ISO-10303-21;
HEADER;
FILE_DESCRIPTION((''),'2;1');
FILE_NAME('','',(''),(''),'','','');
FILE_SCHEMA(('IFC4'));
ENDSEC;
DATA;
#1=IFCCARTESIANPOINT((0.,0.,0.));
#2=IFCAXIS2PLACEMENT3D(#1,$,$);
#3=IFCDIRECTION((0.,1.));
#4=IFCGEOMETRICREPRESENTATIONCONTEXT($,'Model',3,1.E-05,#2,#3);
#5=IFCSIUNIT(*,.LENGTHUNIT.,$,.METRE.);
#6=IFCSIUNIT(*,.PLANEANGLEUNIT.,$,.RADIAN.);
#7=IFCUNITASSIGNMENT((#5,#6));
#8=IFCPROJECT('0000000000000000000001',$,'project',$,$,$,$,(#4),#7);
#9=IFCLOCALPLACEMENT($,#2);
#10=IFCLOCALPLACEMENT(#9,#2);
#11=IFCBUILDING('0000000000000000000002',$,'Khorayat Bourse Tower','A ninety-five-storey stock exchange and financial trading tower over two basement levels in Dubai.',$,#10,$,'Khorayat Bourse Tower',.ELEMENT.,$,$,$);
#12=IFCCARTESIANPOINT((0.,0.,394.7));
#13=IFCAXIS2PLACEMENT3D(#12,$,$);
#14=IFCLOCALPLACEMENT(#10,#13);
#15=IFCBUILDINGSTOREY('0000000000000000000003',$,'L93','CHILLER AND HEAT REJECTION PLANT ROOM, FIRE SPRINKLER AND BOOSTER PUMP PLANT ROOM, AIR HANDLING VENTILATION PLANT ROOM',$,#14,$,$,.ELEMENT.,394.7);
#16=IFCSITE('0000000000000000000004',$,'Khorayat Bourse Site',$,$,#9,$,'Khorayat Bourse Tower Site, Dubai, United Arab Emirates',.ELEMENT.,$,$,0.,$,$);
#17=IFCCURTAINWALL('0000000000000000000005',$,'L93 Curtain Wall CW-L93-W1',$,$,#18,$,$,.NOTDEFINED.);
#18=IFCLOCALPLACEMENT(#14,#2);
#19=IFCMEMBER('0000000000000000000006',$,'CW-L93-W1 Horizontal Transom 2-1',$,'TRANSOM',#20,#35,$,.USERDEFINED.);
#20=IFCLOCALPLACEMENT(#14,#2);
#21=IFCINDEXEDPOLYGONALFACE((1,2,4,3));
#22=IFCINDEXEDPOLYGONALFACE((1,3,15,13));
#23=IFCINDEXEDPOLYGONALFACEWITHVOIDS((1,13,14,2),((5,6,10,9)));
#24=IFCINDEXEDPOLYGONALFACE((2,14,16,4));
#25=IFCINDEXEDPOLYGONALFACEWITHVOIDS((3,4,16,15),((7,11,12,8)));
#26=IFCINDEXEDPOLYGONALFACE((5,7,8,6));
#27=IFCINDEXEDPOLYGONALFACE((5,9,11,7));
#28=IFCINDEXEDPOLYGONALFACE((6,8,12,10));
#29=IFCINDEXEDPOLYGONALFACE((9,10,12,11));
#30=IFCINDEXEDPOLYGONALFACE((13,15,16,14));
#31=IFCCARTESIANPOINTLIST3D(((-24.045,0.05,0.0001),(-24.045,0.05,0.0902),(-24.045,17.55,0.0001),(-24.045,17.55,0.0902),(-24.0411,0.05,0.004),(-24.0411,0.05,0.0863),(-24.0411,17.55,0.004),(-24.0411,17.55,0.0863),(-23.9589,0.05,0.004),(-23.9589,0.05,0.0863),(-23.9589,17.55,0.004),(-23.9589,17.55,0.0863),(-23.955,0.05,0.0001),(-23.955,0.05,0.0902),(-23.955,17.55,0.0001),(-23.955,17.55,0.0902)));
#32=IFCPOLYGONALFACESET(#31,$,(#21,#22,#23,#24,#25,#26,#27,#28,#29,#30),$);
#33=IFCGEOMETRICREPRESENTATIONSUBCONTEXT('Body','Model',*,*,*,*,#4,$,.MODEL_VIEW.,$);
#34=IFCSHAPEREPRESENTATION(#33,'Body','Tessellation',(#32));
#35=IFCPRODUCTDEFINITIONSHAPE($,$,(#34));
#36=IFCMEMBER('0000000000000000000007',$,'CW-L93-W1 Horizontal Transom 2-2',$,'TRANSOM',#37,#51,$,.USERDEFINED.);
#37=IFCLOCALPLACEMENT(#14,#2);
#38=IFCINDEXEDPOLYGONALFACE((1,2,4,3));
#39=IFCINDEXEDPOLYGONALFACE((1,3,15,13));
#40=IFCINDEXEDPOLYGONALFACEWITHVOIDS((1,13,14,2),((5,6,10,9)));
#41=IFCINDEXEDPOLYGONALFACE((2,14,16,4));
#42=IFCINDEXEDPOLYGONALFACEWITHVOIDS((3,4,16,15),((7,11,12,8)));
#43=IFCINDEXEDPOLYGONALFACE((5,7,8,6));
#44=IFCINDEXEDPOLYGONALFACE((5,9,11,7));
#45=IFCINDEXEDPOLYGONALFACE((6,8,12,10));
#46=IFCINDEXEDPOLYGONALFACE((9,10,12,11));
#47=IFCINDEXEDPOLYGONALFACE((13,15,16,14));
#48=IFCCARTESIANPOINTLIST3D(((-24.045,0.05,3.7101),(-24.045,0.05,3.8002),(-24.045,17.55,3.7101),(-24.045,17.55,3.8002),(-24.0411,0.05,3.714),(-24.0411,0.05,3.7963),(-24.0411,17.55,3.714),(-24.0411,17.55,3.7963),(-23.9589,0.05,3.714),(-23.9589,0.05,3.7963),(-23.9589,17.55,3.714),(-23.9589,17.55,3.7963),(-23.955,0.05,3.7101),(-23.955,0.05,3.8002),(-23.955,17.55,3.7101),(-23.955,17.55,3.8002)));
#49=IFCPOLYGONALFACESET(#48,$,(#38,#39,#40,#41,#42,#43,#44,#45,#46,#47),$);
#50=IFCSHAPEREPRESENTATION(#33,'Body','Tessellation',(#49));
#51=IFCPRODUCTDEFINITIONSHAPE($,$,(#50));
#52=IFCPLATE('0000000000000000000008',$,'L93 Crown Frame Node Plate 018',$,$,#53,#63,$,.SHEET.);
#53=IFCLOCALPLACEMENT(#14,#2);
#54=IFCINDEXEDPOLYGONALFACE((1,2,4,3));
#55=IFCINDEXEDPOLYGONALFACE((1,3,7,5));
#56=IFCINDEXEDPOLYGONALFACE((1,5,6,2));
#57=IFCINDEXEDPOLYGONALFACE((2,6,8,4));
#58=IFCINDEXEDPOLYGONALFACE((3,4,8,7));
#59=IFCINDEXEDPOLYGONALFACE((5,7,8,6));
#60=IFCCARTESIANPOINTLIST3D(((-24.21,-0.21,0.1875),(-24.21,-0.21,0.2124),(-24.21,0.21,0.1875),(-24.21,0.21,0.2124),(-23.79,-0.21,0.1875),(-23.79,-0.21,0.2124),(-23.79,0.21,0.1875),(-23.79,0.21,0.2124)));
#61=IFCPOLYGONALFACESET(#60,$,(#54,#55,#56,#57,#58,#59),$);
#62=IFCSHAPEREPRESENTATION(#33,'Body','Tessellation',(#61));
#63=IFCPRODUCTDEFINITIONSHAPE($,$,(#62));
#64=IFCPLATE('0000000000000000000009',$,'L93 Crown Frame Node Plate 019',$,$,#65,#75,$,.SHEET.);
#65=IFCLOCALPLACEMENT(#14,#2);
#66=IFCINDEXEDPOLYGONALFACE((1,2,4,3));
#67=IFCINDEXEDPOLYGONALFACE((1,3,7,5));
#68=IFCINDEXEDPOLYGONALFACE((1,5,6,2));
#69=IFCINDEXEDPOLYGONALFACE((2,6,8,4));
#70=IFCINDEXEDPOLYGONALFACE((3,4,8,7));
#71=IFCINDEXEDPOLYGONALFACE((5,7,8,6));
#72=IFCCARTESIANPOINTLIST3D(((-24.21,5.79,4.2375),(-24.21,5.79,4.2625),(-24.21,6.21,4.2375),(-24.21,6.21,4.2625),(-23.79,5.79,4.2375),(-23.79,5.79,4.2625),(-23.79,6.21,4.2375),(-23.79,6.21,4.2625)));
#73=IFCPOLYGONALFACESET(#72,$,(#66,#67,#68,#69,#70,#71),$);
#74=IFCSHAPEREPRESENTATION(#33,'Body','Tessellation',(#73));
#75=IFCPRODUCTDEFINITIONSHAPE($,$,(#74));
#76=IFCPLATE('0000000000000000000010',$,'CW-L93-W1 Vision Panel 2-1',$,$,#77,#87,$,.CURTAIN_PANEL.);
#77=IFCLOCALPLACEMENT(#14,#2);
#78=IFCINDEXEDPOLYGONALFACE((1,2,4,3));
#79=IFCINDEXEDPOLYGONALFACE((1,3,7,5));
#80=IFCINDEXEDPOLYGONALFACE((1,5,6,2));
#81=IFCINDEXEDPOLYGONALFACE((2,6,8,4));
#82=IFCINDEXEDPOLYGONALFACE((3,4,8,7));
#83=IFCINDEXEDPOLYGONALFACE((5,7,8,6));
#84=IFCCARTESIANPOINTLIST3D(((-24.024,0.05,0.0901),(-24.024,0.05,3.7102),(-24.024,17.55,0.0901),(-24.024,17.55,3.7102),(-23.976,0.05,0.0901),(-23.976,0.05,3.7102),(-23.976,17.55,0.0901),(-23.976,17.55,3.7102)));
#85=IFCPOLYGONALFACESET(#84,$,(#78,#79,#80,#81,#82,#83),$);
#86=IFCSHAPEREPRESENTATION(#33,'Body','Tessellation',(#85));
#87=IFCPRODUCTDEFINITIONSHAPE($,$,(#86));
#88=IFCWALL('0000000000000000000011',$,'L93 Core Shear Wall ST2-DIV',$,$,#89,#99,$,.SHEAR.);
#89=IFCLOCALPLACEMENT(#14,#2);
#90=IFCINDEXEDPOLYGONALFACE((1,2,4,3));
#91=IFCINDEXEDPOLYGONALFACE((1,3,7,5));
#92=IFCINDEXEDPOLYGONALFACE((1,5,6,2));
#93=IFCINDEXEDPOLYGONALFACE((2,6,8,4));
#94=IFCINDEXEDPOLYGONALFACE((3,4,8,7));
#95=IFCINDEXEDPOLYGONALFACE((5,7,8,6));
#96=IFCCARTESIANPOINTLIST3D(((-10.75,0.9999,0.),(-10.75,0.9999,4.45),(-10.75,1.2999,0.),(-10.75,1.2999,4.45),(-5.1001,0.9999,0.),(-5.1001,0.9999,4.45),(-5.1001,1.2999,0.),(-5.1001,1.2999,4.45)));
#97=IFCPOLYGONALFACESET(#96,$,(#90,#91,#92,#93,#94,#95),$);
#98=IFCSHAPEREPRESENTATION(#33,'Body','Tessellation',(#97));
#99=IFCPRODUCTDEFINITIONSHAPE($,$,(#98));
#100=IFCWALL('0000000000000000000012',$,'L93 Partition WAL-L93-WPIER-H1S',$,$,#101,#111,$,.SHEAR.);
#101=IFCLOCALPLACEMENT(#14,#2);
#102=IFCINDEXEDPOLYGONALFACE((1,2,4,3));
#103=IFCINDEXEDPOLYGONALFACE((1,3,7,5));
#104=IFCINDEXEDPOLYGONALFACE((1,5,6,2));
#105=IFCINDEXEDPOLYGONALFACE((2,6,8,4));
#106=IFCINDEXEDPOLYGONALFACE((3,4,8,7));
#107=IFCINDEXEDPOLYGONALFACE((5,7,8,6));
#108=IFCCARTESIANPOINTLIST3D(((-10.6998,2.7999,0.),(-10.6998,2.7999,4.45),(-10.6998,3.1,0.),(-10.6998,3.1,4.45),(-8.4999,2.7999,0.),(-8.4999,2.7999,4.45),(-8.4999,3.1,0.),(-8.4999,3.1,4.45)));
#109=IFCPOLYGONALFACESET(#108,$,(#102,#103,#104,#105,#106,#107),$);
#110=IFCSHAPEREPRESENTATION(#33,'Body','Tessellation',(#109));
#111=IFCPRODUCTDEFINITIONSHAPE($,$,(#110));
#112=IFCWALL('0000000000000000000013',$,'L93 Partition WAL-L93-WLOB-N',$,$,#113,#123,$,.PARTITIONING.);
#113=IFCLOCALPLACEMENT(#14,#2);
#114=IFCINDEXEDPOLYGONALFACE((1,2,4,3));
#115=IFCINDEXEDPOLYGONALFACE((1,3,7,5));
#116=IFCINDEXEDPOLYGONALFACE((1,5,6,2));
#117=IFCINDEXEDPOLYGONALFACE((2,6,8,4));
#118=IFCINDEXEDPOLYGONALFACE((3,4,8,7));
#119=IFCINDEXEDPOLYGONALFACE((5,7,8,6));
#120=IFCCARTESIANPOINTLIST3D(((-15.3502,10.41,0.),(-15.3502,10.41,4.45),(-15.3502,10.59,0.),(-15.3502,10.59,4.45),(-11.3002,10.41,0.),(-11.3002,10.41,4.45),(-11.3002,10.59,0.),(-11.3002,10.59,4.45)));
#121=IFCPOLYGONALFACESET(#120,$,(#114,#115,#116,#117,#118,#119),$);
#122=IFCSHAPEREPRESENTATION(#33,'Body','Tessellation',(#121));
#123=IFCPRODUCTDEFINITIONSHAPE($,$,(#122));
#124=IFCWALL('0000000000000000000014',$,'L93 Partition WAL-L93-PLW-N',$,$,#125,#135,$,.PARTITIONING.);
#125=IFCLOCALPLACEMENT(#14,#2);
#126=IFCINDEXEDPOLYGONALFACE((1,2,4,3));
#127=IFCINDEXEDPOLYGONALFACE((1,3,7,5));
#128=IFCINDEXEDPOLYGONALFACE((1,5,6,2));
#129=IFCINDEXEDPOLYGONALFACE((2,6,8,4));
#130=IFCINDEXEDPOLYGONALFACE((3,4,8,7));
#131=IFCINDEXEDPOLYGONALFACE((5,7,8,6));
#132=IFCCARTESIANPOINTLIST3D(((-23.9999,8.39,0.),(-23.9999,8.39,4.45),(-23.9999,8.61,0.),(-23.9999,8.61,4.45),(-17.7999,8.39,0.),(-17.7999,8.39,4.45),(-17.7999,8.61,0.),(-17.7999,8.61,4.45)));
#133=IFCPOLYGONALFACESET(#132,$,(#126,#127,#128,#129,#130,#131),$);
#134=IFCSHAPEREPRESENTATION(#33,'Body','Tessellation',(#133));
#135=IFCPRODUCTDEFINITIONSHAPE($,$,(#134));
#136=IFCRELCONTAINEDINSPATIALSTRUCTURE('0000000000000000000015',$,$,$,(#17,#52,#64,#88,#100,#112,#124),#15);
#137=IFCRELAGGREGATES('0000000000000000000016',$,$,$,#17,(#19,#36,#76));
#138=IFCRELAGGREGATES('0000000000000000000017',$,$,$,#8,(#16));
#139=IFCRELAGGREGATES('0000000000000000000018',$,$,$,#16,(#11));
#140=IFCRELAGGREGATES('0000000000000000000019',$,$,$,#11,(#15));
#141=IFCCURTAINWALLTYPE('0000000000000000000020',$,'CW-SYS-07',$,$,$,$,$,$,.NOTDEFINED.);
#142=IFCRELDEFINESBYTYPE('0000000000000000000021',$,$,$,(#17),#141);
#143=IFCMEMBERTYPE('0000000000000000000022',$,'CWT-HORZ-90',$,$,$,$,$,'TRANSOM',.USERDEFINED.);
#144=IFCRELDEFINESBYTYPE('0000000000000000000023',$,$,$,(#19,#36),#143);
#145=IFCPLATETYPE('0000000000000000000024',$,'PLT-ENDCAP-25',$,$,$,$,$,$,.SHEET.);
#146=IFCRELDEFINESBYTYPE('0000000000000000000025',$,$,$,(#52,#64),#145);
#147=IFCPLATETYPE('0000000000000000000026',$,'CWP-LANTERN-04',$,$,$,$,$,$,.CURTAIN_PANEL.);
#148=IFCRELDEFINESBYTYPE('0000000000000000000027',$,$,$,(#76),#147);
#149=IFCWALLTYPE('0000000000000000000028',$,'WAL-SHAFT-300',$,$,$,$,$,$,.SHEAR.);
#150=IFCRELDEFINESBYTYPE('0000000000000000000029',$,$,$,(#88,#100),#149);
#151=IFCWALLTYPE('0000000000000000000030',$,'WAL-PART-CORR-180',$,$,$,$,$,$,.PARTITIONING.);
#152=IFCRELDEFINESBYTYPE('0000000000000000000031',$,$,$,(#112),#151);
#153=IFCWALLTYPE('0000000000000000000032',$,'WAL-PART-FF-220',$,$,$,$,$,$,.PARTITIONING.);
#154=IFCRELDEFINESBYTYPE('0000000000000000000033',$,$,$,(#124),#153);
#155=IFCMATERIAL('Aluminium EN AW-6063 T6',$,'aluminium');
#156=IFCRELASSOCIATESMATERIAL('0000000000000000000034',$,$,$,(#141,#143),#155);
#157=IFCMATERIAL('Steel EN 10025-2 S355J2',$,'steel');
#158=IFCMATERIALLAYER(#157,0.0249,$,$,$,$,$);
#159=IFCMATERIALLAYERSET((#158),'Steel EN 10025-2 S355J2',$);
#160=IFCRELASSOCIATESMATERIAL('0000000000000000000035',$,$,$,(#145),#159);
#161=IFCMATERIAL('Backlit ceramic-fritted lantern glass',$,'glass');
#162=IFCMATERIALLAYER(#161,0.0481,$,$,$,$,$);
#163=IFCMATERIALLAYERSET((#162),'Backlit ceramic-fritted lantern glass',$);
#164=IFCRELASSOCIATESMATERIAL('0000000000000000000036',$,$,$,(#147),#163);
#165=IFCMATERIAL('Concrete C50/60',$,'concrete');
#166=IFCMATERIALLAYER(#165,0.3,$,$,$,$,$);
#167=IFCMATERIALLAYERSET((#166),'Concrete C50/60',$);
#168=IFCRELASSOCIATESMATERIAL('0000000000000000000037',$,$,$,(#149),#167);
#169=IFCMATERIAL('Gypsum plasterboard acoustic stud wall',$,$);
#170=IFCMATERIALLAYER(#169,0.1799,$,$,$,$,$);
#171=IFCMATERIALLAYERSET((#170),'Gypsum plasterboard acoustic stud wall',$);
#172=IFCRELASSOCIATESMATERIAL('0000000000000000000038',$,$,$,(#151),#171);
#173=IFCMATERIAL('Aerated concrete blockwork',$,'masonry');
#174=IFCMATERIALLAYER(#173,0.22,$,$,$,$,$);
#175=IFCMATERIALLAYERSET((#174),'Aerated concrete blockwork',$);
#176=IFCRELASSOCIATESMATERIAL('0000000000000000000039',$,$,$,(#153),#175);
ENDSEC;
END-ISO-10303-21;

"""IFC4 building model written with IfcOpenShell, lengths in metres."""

from ifc_helpers import new_model, si_unit, direction, frame, frame_2d, origin, origin_2d, place, context, subcontext, project, spatial, rectangle, hollow_rectangle, extrude, source, transform, mapped, material, layer, layer_set, material_profile, profile_set, type_object, element, aggregate, save


model = new_model("IFC4")

# Units and contexts
model_context = context("Model", 3, precision=1e-05, world=origin(), true_north=direction((0.0, 1.0)))
body_context = subcontext(model_context, "Body", "Model", "MODEL_VIEW")
ifc_project = project(units=[si_unit("LENGTHUNIT", "METRE"), si_unit("PLANEANGLEUNIT", "RADIAN")], contexts=[model_context])

# Site, building, storey
site_placement = place(None, origin())
site = spatial("IfcSite", under=ifc_project, at=site_placement, Name="Khorayat Bourse Site", LongName="Khorayat Bourse Tower Site, Dubai, United Arab Emirates", CompositionType="ELEMENT", RefElevation=0.0)
building_placement = place(site_placement, origin())
building = spatial("IfcBuilding", under=site, at=building_placement, Name="Khorayat Bourse Tower", Description="A ninety-five-storey stock exchange and financial trading tower over two basement levels in Dubai.", LongName="Khorayat Bourse Tower", CompositionType="ELEMENT")
storey_placement = place(building_placement, frame((0.0, 0.0, 394.7)))
storey = spatial("IfcBuildingStorey", under=building, at=storey_placement, Name="L93", Description="CHILLER AND HEAT REJECTION PLANT ROOM, FIRE SPRINKLER AND BOOSTER PUMP PLANT ROOM, AIR HANDLING VENTILATION PLANT ROOM", CompositionType="ELEMENT", Elevation=394.7)

# Shared definitions
ifc_material_1 = material(Name="Steel EN 10025-2 S355J2", Category="steel")

# Curtain wall, members
ifc_material_2 = material(Name="Aluminium EN AW-6063 T6", Category="aluminium")
curtain_wall_type = type_object("IfcCurtainWallType", Name="CW-SYS-07", PredefinedType="NOTDEFINED", material=ifc_material_2)
curtain_wall_placement = place(storey_placement, origin())
curtain_wall = element("IfcCurtainWall", 1, at=curtain_wall_placement, inside=storey, type_object=curtain_wall_type, Name="L93 Curtain Wall CW-L93-W1", PredefinedType="NOTDEFINED")
ifc_material_profile_1 = material_profile(ifc_material_2, hollow_rectangle(XDim=0.0901, YDim=0.0901, WallThickness=0.0039, at=origin_2d()), Name="ALU 90x90x4")
ifc_profile_set_1 = profile_set([ifc_material_profile_1], Name="Aluminium EN AW-6063 T6")
member_type_1 = type_object("IfcMemberType", Name="CWT-HORZ-90", ElementType="TRANSOM", PredefinedType="USERDEFINED", material=ifc_profile_set_1)
shared_shape_1 = source(origin(), body_context, "Body", "SweptSolid", [
    extrude(hollow_rectangle(XDim=0.0901, YDim=0.0901, WallThickness=0.0039, at=origin_2d()), origin(), (0.0, 0.0, 1.0), 17.5),
])
member_1_placement = place(storey_placement, frame((-24.0, 0.05, 0.0452), z_axis=(0.0, 1.0, 0.0), x_axis=(-1.0, 0.0, 0.0)))
member_1 = element("IfcMember", 2, at=member_1_placement, type_object=member_type_1, Name="CW-L93-W1 Horizontal Transom 2-1", ObjectType="TRANSOM", PredefinedType="USERDEFINED", context=body_context, shape_type="MappedRepresentation", body=[
    mapped(shared_shape_1, transform((0.0, 0.0, 0.0), scale=1.0)),
])
member_2_placement = place(storey_placement, frame((-24.0, 0.05, 3.7551), z_axis=(0.0, 1.0, 0.0), x_axis=(-1.0, 0.0, 0.0)))
member_2 = element("IfcMember", 3, at=member_2_placement, type_object=member_type_1, Name="CW-L93-W1 Horizontal Transom 2-2", ObjectType="TRANSOM", PredefinedType="USERDEFINED", context=body_context, shape_type="MappedRepresentation", body=[
    mapped(shared_shape_1, transform((0.0, 0.0, 0.0), scale=1.0)),
])

# Plates
ifc_layer_1 = layer(ifc_material_1, 0.0249)
ifc_layer_set_1 = layer_set([ifc_layer_1], Name="Steel EN 10025-2 S355J2")
plate_type_1 = type_object("IfcPlateType", Name="PLT-ENDCAP-25", PredefinedType="SHEET", material=ifc_layer_set_1)
shared_shape_2 = source(origin(), body_context, "Body", "SweptSolid", [
    extrude(rectangle(XDim=0.4199, YDim=0.4199, at=origin_2d()), origin(), (0.0, 0.0, 1.0), 0.0249),
])
for number, where, z_axis, x_axis, name in (
    (4, (-24.0, 0.0, 0.1875), (0.0, 0.0, 1.0), (1.0, 0.0, 0.0), "L93 Crown Frame Node Plate 018"),
    (5, (-24.0, 6.0, 4.2375), (0.0, 0.0, 1.0), (1.0, 0.0, 0.0), "L93 Crown Frame Node Plate 019"),
):
    element("IfcPlate", number, at=place(storey_placement, frame(where, z_axis=z_axis, x_axis=x_axis)), inside=storey, type_object=plate_type_1, Name=name, PredefinedType="SHEET", context=body_context, shape_type="MappedRepresentation", body=[
        mapped(shared_shape_2, transform((0.0, 0.0, 0.0), scale=1.0)),
    ])

# Plate
ifc_material_3 = material(Name="Backlit ceramic-fritted lantern glass", Category="glass")
ifc_layer_2 = layer(ifc_material_3, 0.0481)
ifc_layer_set_2 = layer_set([ifc_layer_2], Name="Backlit ceramic-fritted lantern glass")
plate_type_2 = type_object("IfcPlateType", Name="CWP-LANTERN-04", PredefinedType="CURTAIN_PANEL", material=ifc_layer_set_2)
shared_shape_3 = source(origin(), body_context, "Body", "SweptSolid", [
    extrude(rectangle(XDim=17.5, YDim=0.0481, at=origin_2d()), origin(), (0.0, 0.0, 1.0), 3.6201),
])
plate_placement = place(storey_placement, frame((-24.0, 8.8, 0.0901), z_axis=(0.0, 0.0, 1.0), x_axis=(0.0, 1.0, 0.0)))
plate = element("IfcPlate", 6, at=plate_placement, type_object=plate_type_2, Name="CW-L93-W1 Vision Panel 2-1", PredefinedType="CURTAIN_PANEL", context=body_context, shape_type="MappedRepresentation", body=[
    mapped(shared_shape_3, transform((0.0, 0.0, 0.0), scale=1.0)),
])
aggregate(curtain_wall, [member_1, member_2, plate])

# Walls
ifc_material_4 = material(Name="Concrete C50/60", Category="concrete")
ifc_layer_3 = layer(ifc_material_4, 0.3)
ifc_layer_set_3 = layer_set([ifc_layer_3], Name="Concrete C50/60")
wall_type_1 = type_object("IfcWallType", Name="WAL-SHAFT-300", PredefinedType="SHEAR", material=ifc_layer_set_3)
shared_shape_4 = source(origin(), body_context, "Body", "SweptSolid", [
    extrude(rectangle(XDim=5.6499, YDim=0.3, at=frame_2d((2.825, 0.0))), origin(), (0.0, 0.0, 1.0), 4.45),
])
wall_1_placement = place(storey_placement, frame((-10.75, 1.1499, 0.0), z_axis=(0.0, 0.0, 1.0), x_axis=(1.0, 0.0, 0.0)))
element("IfcWall", 7, at=wall_1_placement, inside=storey, type_object=wall_type_1, Name="L93 Core Shear Wall ST2-DIV", PredefinedType="SHEAR", context=body_context, shape_type="MappedRepresentation", body=[
    mapped(shared_shape_4, transform((0.0, 0.0, 0.0), scale=1.0)),
])
shared_shape_5 = source(origin(), body_context, "Body", "SweptSolid", [
    extrude(rectangle(XDim=2.2, YDim=0.3, at=frame_2d((1.1001, 0.0))), origin(), (0.0, 0.0, 1.0), 4.45),
])
wall_2_placement = place(storey_placement, frame((-10.7, 2.95, 0.0), z_axis=(0.0, 0.0, 1.0), x_axis=(1.0, 0.0, 0.0)))
element("IfcWall", 8, at=wall_2_placement, inside=storey, type_object=wall_type_1, Name="L93 Partition WAL-L93-WPIER-H1S", PredefinedType="SHEAR", context=body_context, shape_type="MappedRepresentation", body=[
    mapped(shared_shape_5, transform((0.0, 0.0, 0.0), scale=1.0)),
])
ifc_material_5 = material(Name="Gypsum plasterboard acoustic stud wall")
ifc_layer_4 = layer(ifc_material_5, 0.1799)
ifc_layer_set_4 = layer_set([ifc_layer_4], Name="Gypsum plasterboard acoustic stud wall")
wall_type_2 = type_object("IfcWallType", Name="WAL-PART-CORR-180", PredefinedType="PARTITIONING", material=ifc_layer_set_4)
shared_shape_6 = source(origin(), body_context, "Body", "SweptSolid", [
    extrude(rectangle(XDim=4.05, YDim=0.1799, at=frame_2d((2.0249, 0.0))), origin(), (0.0, 0.0, 1.0), 4.45),
])
wall_3_placement = place(storey_placement, frame((-15.3501, 10.5, 0.0), z_axis=(0.0, 0.0, 1.0), x_axis=(1.0, 0.0, 0.0)))
element("IfcWall", 9, at=wall_3_placement, inside=storey, type_object=wall_type_2, Name="L93 Partition WAL-L93-WLOB-N", PredefinedType="PARTITIONING", context=body_context, shape_type="MappedRepresentation", body=[
    mapped(shared_shape_6, transform((0.0, 0.0, 0.0), scale=1.0)),
])
ifc_material_6 = material(Name="Aerated concrete blockwork", Category="masonry")
ifc_layer_5 = layer(ifc_material_6, 0.22)
ifc_layer_set_5 = layer_set([ifc_layer_5], Name="Aerated concrete blockwork")
wall_type_3 = type_object("IfcWallType", Name="WAL-PART-FF-220", PredefinedType="PARTITIONING", material=ifc_layer_set_5)
shared_shape_7 = source(origin(), body_context, "Body", "SweptSolid", [
    extrude(rectangle(XDim=6.2, YDim=0.22, at=frame_2d((3.1001, 0.0))), origin(), (0.0, 0.0, 1.0), 4.45),
])
wall_4_placement = place(storey_placement, frame((-24.0, 8.5, 0.0), z_axis=(0.0, 0.0, 1.0), x_axis=(1.0, 0.0, 0.0)))
element("IfcWall", 10, at=wall_4_placement, inside=storey, type_object=wall_type_3, Name="L93 Partition WAL-L93-PLW-N", PredefinedType="PARTITIONING", context=body_context, shape_type="MappedRepresentation", body=[
    mapped(shared_shape_7, transform((0.0, 0.0, 0.0), scale=1.0)),
])

save(model, "model.ifc")
